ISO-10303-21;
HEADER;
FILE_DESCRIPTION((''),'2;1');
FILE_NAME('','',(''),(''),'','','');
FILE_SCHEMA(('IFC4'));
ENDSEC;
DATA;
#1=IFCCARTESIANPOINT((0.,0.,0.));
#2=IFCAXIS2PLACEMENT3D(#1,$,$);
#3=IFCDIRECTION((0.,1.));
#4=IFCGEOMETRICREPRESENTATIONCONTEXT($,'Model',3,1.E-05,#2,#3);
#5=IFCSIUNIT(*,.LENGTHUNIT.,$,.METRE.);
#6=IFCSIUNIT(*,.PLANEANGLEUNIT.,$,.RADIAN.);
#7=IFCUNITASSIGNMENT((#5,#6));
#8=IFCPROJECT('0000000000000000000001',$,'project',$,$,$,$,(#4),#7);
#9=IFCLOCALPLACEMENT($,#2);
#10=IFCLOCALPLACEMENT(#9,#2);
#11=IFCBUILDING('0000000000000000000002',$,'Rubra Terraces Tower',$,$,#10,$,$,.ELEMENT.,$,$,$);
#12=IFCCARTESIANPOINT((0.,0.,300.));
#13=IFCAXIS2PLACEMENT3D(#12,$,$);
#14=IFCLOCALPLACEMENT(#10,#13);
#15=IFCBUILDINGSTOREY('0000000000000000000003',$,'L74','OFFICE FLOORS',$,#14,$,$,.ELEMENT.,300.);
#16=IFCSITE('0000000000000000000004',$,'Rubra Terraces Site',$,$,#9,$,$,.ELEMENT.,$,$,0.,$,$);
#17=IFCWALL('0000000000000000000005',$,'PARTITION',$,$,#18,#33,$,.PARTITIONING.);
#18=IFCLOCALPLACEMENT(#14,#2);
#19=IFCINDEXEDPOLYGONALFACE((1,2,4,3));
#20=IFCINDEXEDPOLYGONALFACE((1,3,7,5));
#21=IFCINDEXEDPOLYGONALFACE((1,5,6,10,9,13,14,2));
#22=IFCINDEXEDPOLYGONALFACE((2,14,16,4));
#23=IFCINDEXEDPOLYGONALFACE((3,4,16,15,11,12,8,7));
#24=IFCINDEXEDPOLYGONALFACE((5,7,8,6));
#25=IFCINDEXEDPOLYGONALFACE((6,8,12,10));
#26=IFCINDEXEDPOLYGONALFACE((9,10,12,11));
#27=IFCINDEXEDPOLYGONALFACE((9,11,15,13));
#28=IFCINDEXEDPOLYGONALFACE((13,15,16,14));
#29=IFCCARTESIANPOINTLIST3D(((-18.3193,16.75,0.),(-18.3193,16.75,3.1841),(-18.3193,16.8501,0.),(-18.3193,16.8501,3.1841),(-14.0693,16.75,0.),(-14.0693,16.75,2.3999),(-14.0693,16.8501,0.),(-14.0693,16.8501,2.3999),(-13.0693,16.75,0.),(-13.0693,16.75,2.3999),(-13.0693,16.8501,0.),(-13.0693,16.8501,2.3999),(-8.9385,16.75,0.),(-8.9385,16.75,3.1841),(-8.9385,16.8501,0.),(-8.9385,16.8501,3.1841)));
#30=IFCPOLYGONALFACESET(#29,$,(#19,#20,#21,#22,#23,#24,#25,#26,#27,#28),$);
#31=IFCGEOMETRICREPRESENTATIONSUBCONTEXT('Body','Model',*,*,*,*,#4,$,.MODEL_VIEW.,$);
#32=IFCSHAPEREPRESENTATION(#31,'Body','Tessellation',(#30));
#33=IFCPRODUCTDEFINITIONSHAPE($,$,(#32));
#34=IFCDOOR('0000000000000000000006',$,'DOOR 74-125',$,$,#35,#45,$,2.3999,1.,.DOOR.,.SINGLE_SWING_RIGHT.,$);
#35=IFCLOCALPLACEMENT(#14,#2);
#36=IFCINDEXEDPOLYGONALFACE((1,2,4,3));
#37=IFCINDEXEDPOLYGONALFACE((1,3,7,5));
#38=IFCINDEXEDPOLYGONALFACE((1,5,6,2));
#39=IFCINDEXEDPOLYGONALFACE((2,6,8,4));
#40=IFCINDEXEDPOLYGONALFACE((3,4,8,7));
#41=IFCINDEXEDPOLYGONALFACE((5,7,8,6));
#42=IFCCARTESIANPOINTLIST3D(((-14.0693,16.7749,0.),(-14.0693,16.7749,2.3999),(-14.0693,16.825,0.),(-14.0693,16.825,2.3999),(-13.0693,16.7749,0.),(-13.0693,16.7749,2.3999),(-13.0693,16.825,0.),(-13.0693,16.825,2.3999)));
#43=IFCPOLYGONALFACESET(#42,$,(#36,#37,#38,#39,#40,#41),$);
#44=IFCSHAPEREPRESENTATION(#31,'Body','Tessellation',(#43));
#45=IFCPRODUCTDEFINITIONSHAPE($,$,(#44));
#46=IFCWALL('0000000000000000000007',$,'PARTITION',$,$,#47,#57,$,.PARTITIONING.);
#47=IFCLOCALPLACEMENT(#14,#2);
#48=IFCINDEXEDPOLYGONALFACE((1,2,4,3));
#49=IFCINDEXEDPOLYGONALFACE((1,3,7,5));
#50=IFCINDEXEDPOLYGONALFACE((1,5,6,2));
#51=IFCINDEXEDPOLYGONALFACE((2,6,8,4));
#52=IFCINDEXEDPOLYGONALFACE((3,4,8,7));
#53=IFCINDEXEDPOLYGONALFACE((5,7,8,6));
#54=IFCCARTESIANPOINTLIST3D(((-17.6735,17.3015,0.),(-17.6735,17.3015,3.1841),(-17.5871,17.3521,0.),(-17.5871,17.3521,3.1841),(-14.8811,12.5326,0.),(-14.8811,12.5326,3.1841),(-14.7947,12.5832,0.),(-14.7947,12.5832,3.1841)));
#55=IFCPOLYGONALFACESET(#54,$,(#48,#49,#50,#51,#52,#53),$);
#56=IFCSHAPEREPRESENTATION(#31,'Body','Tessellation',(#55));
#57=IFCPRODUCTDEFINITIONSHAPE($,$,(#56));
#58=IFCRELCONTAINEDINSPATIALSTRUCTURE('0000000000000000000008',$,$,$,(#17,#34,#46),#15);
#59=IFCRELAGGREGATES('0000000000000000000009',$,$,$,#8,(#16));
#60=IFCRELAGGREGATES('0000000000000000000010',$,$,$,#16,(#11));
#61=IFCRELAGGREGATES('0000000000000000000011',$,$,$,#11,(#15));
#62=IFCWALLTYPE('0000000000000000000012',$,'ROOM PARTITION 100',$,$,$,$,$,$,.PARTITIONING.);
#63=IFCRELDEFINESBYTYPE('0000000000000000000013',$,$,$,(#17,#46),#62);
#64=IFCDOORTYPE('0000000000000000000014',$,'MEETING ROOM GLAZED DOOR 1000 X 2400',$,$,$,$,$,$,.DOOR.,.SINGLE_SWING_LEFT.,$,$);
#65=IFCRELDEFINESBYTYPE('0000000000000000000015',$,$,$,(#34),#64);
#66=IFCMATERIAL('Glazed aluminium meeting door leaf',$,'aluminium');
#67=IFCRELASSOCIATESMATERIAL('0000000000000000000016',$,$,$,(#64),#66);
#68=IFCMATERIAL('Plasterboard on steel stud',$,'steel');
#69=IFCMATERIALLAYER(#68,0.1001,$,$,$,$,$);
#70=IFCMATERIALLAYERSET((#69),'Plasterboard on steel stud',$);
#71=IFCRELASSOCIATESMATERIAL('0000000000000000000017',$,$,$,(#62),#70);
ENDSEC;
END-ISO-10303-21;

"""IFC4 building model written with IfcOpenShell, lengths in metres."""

from ifc_helpers import new_model, si_unit, direction, frame, frame_2d, origin, place, context, subcontext, project, spatial, rectangle, extrude, material, layer, layer_set, type_object, element, fill, save


model = new_model("IFC4")

# Units and contexts
model_context = context("Model", 3, precision=1e-05, world=origin(), true_north=direction((0.0, 1.0)))
body_context = subcontext(model_context, "Body", "Model", "MODEL_VIEW")
ifc_project = project(units=[si_unit("LENGTHUNIT", "METRE"), si_unit("PLANEANGLEUNIT", "RADIAN")], contexts=[model_context])

# Site, building, storey
site_placement = place(None, origin())
site = spatial("IfcSite", under=ifc_project, at=site_placement, Name="Rubra Terraces Site", CompositionType="ELEMENT", RefElevation=0.0)
building_placement = place(site_placement, origin())
building = spatial("IfcBuilding", under=site, at=building_placement, Name="Rubra Terraces Tower", CompositionType="ELEMENT")
storey_placement = place(building_placement, frame((0.0, 0.0, 300.0)))
storey = spatial("IfcBuildingStorey", under=building, at=storey_placement, Name="L74", Description="OFFICE FLOORS", CompositionType="ELEMENT", Elevation=300.0)

# Shared definitions
ifc_material_1 = material(Name="Glazed aluminium meeting door leaf", Category="aluminium")
door_type_1 = type_object("IfcDoorType", Name="MEETING ROOM GLAZED DOOR 1000 X 2400", OperationType="SINGLE_SWING_LEFT", PredefinedType="DOOR", material=ifc_material_1)

# Shared definitions
ifc_material_2 = material(Name="Plasterboard on steel stud", Category="steel")
ifc_layer_1 = layer(ifc_material_2, 0.1001)
ifc_layer_set_1 = layer_set([ifc_layer_1], Name="Plasterboard on steel stud")
wall_type_1 = type_object("IfcWallType", Name="ROOM PARTITION 100", PredefinedType="PARTITIONING", material=ifc_layer_set_1)

# Wall, opening, door
wall_1_placement = place(storey_placement, frame((-18.3193, 16.8, 0.0), z_axis=(0.0, 0.0, 1.0), x_axis=(1.0, 0.0, 0.0)))
wall_1 = element("IfcWall", 1, at=wall_1_placement, inside=storey, type_object=wall_type_1, Name="PARTITION", PredefinedType="PARTITIONING", context=body_context, shape_type="SweptSolid", body=[
    extrude(rectangle(XDim=9.3809, YDim=0.1001, at=frame_2d((4.6904, 0.0))), origin(), (0.0, 0.0, 1.0), 3.1841),
])
opening_1_placement = place(wall_1_placement, frame((4.25, 0.0, 0.0)))
opening_1 = element("IfcOpeningElement", 2, at=opening_1_placement, cuts=wall_1, PredefinedType="OPENING", context=body_context, shape_type="SweptSolid", body=[
    extrude(rectangle(XDim=1.0, YDim=2.3999, at=frame_2d((0.5, 1.2))), frame((0.0, 0.0601, 0.0), z_axis=(0.0, -1.0, 0.0), x_axis=(1.0, 0.0, 0.0)), (0.0, 0.0, 1.0), 0.1201),
])
door_1_placement = place(opening_1_placement, origin())
door_1 = element("IfcDoor", 3, at=door_1_placement, inside=storey, type_object=door_type_1, Name="DOOR 74-125", OperationType="SINGLE_SWING_RIGHT", OverallHeight=2.3999, OverallWidth=1.0, PredefinedType="DOOR", context=body_context, shape_type="SweptSolid", body=[
    extrude(rectangle(XDim=1.0, YDim=2.3999, at=frame_2d((0.5, 1.2))), frame((0.0, 0.0249, 0.0), z_axis=(0.0, -1.0, 0.0), x_axis=(1.0, 0.0, 0.0)), (0.0, 0.0, 1.0), 0.05),
])
fill(opening_1, door_1)

# Wall
wall_2_placement = place(storey_placement, frame((-14.8379, 12.5579, 0.0), z_axis=(0.0, 0.0, 1.0), x_axis=(-0.505293, 0.862948, 0.0)))
element("IfcWall", 4, at=wall_2_placement, inside=storey, type_object=wall_type_1, Name="PARTITION", PredefinedType="PARTITIONING", context=body_context, shape_type="SweptSolid", body=[
    extrude(rectangle(XDim=5.5264, YDim=0.1001, at=frame_2d((2.7632, 0.0))), origin(), (0.0, 0.0, 1.0), 3.1841),
])

save(model, "model.ifc")
